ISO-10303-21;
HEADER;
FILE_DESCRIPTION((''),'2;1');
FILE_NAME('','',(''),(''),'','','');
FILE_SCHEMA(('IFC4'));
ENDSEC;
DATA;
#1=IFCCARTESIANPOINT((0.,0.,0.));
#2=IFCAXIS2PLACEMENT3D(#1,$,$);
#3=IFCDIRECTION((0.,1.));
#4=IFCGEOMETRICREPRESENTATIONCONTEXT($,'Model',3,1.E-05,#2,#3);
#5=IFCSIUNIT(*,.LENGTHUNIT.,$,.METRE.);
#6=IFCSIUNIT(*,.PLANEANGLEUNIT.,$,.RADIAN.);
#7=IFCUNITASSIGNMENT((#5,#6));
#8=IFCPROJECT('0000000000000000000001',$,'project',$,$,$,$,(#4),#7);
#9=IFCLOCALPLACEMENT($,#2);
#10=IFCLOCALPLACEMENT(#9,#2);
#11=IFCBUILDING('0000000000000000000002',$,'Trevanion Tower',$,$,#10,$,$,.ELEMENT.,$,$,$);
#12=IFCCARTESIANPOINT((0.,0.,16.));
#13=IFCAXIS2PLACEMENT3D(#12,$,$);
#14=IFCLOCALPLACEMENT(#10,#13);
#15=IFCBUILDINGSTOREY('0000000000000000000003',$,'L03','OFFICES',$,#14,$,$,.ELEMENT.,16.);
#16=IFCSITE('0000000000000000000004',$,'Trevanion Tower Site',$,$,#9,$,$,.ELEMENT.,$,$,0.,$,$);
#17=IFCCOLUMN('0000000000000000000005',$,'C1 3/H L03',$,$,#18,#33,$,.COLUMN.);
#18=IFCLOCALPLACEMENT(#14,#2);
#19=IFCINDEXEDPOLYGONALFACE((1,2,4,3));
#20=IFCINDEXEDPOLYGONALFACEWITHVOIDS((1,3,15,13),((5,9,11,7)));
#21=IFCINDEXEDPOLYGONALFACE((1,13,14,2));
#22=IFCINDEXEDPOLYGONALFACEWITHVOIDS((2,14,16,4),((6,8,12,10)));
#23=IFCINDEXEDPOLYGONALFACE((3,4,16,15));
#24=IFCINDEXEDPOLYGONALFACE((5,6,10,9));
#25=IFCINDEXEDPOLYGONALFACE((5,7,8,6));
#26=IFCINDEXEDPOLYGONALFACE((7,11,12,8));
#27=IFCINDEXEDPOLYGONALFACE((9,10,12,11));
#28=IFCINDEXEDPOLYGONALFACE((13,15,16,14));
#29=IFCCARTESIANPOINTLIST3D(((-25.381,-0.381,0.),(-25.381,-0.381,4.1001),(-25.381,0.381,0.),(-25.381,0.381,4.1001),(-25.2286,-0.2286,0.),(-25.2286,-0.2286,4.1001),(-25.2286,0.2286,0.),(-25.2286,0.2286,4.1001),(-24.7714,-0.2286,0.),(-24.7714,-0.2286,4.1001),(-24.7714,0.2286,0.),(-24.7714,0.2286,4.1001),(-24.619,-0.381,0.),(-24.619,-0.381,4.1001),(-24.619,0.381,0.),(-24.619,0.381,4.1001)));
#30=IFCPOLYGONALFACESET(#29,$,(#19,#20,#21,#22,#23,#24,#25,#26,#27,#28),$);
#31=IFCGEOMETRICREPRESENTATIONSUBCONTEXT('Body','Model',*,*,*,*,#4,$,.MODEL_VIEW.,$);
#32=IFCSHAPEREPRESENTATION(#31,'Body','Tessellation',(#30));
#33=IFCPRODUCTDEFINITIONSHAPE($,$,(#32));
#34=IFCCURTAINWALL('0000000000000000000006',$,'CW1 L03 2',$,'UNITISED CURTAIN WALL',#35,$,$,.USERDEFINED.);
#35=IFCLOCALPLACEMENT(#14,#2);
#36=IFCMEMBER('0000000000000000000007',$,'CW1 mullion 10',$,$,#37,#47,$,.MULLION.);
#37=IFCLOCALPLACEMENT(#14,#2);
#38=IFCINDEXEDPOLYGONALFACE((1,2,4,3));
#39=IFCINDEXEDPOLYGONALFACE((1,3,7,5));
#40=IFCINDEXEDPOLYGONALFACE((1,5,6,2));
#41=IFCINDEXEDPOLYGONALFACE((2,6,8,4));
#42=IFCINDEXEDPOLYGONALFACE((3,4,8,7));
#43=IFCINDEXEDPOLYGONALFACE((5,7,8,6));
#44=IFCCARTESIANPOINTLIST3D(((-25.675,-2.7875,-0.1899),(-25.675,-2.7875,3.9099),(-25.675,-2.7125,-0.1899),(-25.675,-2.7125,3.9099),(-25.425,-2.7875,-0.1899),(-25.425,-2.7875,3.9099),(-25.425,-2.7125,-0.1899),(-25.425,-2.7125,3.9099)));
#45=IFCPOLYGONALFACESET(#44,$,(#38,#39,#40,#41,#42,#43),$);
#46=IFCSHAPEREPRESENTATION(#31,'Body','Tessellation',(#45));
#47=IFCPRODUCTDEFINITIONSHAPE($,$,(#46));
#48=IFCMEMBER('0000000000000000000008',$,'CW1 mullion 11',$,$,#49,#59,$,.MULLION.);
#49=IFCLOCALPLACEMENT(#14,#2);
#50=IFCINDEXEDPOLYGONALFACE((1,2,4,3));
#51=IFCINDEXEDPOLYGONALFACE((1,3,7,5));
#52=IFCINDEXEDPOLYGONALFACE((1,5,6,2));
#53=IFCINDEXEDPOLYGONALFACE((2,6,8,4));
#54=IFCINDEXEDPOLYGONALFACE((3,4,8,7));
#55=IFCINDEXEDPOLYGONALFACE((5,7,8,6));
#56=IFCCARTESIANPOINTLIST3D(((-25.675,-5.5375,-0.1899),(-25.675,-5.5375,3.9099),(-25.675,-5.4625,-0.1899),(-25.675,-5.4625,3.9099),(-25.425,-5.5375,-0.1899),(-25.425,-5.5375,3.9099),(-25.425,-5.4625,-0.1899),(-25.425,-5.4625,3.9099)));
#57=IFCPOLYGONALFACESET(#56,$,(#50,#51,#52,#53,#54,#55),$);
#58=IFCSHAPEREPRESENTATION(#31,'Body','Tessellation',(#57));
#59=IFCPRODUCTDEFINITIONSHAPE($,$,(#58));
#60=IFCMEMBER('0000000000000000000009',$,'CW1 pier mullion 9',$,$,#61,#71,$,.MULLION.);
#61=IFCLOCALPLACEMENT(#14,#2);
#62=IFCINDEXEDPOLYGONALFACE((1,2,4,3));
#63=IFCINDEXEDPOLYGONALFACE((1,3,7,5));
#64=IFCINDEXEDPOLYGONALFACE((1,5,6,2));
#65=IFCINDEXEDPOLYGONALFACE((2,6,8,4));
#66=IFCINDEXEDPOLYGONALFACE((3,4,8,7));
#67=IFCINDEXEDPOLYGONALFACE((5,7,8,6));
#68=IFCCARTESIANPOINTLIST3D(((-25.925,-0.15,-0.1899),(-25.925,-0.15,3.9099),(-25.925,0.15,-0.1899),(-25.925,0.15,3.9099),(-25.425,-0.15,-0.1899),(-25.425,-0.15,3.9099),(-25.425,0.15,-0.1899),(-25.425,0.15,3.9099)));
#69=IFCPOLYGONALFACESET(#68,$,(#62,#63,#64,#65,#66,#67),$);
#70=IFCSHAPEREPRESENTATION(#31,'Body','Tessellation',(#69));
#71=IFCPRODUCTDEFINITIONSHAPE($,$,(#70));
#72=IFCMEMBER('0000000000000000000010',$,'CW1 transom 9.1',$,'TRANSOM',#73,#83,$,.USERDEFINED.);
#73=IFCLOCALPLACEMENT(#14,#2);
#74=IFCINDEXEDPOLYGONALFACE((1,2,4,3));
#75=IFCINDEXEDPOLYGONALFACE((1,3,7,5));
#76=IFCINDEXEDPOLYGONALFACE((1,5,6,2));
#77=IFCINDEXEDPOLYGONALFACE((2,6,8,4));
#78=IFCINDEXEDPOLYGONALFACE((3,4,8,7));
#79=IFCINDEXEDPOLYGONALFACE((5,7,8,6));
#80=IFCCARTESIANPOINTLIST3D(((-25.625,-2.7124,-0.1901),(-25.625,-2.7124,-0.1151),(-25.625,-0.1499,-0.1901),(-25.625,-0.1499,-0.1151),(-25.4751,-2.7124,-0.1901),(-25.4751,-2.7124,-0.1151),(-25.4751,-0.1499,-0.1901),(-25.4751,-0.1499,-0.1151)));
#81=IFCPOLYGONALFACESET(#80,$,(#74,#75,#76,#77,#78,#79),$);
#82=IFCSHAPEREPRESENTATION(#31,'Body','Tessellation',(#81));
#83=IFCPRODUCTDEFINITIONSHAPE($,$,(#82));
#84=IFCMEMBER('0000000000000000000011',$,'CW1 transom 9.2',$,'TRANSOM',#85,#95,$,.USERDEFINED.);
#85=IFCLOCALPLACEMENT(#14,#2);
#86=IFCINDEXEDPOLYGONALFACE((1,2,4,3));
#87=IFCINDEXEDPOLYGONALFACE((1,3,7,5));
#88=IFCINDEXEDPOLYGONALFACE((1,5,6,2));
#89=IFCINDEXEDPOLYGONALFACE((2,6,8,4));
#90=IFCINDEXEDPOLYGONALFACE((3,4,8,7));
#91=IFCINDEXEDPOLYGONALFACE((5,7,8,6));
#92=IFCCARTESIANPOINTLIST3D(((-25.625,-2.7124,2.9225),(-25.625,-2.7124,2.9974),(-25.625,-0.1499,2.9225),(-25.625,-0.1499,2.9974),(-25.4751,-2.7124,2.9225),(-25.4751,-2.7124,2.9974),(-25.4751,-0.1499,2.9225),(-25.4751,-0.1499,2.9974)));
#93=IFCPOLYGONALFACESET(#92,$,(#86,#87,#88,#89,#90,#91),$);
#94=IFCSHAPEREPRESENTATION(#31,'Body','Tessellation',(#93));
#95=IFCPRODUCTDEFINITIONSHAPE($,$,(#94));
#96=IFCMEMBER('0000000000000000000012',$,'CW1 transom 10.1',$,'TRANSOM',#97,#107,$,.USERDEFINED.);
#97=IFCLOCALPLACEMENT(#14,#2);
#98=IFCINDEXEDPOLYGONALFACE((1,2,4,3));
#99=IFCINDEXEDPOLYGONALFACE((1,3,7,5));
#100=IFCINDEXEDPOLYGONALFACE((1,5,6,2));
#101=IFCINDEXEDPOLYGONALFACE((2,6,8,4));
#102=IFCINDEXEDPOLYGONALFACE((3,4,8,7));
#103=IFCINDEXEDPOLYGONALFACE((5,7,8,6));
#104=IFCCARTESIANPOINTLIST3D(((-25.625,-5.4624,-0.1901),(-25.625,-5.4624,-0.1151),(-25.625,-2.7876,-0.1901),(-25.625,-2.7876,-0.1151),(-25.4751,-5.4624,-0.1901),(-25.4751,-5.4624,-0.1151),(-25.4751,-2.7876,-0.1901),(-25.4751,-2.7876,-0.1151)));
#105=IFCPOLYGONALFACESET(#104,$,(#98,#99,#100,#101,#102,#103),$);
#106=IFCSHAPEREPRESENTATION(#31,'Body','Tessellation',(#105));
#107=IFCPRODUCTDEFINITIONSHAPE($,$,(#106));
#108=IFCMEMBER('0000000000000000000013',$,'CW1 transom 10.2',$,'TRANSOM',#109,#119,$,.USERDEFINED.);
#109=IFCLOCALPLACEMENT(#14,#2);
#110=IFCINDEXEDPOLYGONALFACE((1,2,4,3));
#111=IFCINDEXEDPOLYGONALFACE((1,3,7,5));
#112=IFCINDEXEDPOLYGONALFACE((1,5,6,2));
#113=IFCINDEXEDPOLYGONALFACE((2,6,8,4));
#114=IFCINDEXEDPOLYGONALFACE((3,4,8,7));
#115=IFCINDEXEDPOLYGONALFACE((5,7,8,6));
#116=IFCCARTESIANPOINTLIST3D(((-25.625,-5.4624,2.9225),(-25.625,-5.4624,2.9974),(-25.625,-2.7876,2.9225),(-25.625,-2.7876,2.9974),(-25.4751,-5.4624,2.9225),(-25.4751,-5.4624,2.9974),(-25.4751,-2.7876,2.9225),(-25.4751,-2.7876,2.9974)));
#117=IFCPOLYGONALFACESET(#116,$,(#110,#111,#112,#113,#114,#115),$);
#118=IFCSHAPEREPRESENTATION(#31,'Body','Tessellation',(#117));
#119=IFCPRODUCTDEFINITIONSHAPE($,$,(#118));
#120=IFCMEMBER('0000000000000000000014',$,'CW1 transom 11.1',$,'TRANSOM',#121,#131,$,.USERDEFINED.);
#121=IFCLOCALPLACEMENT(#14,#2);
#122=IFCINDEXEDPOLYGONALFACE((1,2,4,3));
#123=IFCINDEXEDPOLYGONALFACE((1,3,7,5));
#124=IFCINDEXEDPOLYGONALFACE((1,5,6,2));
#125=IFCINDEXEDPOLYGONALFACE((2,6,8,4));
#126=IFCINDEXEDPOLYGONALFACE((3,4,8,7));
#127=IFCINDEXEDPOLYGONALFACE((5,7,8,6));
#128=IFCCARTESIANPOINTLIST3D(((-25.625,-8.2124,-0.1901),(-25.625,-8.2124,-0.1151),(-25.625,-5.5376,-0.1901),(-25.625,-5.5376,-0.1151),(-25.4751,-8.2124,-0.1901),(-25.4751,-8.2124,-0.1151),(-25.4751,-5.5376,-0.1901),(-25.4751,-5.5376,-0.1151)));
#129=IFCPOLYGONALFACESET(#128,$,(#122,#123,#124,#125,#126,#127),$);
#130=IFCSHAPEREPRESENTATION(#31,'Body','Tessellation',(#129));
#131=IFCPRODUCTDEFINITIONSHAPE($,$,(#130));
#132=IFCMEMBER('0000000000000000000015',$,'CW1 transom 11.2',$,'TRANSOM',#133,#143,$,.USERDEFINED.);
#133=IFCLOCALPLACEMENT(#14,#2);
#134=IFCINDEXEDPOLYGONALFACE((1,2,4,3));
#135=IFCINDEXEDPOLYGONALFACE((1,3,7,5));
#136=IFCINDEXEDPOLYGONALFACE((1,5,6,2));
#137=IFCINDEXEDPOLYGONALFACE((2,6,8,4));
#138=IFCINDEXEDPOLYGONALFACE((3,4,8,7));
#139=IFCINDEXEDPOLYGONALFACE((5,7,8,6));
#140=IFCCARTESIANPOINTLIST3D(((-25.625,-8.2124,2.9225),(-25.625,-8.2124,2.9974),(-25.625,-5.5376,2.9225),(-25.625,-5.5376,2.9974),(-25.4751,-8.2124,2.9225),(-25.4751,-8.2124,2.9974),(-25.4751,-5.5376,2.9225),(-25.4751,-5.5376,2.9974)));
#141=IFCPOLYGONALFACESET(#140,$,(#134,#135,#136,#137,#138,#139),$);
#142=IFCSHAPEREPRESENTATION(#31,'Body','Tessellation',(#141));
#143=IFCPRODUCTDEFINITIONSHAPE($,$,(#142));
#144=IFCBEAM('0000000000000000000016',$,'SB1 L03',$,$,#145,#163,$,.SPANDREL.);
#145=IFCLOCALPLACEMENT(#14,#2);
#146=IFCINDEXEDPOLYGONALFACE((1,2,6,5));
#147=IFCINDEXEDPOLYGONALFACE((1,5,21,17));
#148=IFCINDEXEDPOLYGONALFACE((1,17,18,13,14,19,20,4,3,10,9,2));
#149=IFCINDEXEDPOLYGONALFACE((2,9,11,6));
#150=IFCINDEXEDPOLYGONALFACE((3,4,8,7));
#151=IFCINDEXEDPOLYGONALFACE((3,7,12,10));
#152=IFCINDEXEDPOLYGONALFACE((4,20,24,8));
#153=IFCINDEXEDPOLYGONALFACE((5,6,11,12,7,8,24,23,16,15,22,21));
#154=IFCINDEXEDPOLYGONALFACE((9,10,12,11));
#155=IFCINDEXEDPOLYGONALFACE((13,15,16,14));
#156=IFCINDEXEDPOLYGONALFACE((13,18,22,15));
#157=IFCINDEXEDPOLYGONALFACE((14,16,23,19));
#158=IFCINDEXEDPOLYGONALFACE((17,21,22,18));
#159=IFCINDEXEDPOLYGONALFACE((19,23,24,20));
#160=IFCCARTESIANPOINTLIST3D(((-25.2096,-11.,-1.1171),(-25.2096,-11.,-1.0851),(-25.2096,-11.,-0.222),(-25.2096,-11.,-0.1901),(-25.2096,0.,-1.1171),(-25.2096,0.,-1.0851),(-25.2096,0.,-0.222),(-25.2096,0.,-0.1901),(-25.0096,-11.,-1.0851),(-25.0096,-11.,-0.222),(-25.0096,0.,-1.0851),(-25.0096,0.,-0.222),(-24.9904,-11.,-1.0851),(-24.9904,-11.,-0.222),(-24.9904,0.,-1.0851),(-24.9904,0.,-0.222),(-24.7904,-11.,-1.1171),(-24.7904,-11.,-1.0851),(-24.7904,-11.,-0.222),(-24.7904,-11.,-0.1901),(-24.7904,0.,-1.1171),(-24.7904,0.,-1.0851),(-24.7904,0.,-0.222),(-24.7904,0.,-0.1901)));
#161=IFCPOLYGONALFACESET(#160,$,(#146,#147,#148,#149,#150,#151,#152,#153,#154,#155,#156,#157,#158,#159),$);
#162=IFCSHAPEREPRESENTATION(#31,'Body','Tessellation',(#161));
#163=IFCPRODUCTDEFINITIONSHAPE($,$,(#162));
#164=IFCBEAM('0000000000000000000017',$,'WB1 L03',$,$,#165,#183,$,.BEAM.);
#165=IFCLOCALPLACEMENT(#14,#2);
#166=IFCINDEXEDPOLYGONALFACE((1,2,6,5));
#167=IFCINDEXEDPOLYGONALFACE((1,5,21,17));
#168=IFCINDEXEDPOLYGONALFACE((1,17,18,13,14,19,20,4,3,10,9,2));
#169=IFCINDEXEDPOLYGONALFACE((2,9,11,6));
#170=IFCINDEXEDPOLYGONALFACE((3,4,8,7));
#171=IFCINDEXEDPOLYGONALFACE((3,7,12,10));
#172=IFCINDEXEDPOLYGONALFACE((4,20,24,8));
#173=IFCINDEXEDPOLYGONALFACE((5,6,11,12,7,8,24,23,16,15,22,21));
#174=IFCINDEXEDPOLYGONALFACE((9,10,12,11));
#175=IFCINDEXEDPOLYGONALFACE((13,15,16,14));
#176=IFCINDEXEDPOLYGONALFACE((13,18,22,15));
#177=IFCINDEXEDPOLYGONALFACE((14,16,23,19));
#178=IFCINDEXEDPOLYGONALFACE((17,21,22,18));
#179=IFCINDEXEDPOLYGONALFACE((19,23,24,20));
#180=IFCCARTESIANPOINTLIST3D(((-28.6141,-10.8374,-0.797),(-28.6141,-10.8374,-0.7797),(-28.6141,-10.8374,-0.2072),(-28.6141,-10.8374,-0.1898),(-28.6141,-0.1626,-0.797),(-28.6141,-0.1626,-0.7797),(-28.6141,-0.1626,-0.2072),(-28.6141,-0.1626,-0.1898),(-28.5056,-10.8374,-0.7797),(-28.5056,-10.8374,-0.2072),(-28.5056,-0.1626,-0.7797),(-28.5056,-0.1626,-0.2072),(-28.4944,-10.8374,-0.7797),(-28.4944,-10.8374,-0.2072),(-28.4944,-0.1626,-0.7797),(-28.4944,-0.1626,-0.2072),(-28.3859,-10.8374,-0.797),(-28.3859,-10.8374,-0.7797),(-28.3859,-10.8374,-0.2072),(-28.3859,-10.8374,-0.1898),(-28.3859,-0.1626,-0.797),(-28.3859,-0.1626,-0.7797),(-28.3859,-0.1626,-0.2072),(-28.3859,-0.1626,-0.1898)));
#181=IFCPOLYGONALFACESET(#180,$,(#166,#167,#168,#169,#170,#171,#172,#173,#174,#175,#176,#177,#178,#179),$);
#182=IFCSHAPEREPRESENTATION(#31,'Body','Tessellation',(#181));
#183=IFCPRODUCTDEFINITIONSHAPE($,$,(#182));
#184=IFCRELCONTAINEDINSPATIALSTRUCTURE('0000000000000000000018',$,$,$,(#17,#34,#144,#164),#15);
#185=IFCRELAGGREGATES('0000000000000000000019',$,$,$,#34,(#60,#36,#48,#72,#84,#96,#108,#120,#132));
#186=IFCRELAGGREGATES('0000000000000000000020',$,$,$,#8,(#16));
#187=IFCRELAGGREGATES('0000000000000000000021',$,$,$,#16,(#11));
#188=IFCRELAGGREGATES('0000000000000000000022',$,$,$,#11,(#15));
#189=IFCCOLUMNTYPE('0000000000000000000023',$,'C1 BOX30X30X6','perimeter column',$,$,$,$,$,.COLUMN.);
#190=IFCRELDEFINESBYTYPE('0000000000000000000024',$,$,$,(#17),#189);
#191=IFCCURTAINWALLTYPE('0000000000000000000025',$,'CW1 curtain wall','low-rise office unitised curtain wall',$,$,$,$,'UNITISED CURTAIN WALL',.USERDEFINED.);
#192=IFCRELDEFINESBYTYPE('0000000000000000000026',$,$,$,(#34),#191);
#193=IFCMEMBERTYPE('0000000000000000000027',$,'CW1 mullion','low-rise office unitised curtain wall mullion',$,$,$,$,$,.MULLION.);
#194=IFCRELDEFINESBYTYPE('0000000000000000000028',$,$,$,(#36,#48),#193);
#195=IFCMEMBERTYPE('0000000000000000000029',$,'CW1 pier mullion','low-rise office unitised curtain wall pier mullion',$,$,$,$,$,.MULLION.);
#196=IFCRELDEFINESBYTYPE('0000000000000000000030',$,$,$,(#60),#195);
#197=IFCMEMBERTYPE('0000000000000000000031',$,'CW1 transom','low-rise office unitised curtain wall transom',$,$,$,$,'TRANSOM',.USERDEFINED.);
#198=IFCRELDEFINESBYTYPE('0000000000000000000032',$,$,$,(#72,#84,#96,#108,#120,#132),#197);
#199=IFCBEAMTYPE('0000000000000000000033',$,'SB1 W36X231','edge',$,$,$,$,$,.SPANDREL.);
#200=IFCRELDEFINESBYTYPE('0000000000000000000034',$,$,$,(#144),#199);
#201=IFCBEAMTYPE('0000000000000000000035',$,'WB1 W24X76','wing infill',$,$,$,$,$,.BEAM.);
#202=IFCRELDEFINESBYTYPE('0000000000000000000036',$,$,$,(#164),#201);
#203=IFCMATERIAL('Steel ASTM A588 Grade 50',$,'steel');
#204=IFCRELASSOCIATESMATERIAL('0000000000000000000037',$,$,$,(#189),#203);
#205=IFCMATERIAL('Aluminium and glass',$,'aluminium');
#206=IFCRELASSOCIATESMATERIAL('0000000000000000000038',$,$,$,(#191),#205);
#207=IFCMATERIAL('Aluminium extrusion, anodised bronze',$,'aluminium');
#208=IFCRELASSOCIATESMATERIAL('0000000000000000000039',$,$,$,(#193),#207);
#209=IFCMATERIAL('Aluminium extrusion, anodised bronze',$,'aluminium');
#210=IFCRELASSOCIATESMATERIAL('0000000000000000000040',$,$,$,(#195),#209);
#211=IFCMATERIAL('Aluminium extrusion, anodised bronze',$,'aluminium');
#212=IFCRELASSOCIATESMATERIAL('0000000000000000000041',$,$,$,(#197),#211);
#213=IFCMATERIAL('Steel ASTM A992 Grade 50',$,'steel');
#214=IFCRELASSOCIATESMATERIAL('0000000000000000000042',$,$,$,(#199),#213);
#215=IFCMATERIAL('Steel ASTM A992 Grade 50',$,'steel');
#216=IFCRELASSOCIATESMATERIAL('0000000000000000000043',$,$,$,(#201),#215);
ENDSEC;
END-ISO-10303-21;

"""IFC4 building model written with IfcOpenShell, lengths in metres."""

from ifc_helpers import new_model, si_unit, direction, frame, origin, origin_2d, place, context, subcontext, project, spatial, rectangle, hollow_rectangle, i_section, extrude, material, material_profile, profile_set, type_object, element, aggregate, save


model = new_model("IFC4")

# Units and contexts
model_context = context("Model", 3, precision=1e-05, world=origin(), true_north=direction((0.0, 1.0)))
body_context = subcontext(model_context, "Body", "Model", "MODEL_VIEW")
ifc_project = project(units=[si_unit("LENGTHUNIT", "METRE"), si_unit("PLANEANGLEUNIT", "RADIAN")], contexts=[model_context])

# Site, building, storey
site_placement = place(None, origin())
site = spatial("IfcSite", under=ifc_project, at=site_placement, Name="Trevanion Tower Site", CompositionType="ELEMENT", RefElevation=0.0)
building_placement = place(site_placement, origin())
building = spatial("IfcBuilding", under=site, at=building_placement, Name="Trevanion Tower", CompositionType="ELEMENT")
storey_placement = place(building_placement, frame((0.0, 0.0, 16.0)))
storey = spatial("IfcBuildingStorey", under=building, at=storey_placement, Name="L03", Description="OFFICES", CompositionType="ELEMENT", Elevation=16.0)

# Column
ifc_material_1 = material(Name="Steel ASTM A588 Grade 50", Category="steel")
ifc_material_profile_1 = material_profile(ifc_material_1, hollow_rectangle(XDim=0.762, YDim=0.762, WallThickness=0.1523, at=origin_2d()), Name="BOX30X30X6")
ifc_profile_set_1 = profile_set([ifc_material_profile_1], Name="Steel ASTM A588 Grade 50")
column_type = type_object("IfcColumnType", Name="C1 BOX30X30X6", Description="perimeter column", PredefinedType="COLUMN", material=ifc_profile_set_1)
column_placement = place(storey_placement, frame((-25.0, 0.0, 0.0), z_axis=(0.0, 0.0, 1.0), x_axis=(0.0, 1.0, 0.0)))
element("IfcColumn", 1, at=column_placement, inside=storey, type_object=column_type, Name="C1 3/H L03", PredefinedType="COLUMN", context=body_context, shape_type="SweptSolid", body=[
    extrude(hollow_rectangle(XDim=0.762, YDim=0.762, WallThickness=0.1523, at=origin_2d()), origin(), (0.0, 0.0, 1.0), 4.1001),
])

# Curtain wall, members
ifc_material_2 = material(Name="Aluminium and glass", Category="aluminium")
curtain_wall_type = type_object("IfcCurtainWallType", Name="CW1 curtain wall", Description="low-rise office unitised curtain wall", ElementType="UNITISED CURTAIN WALL", PredefinedType="USERDEFINED", material=ifc_material_2)
curtain_wall_placement = place(storey_placement, origin())
curtain_wall = element("IfcCurtainWall", 2, at=curtain_wall_placement, inside=storey, type_object=curtain_wall_type, Name="CW1 L03 2", ObjectType="UNITISED CURTAIN WALL", PredefinedType="USERDEFINED")
ifc_material_3 = material(Name="Aluminium extrusion, anodised bronze", Category="aluminium")
ifc_material_profile_2 = material_profile(ifc_material_3, rectangle(XDim=0.075, YDim=0.25, at=origin_2d()), Name="CW1 mullion")
ifc_profile_set_2 = profile_set([ifc_material_profile_2], Name="Aluminium extrusion, anodised bronze")
member_type_1 = type_object("IfcMemberType", Name="CW1 mullion", Description="low-rise office unitised curtain wall mullion", PredefinedType="MULLION", material=ifc_profile_set_2)
member_1_placement = place(storey_placement, frame((-25.55, -2.75, -0.1899), z_axis=(0.0, 0.0, 1.0), x_axis=(0.0, -1.0, 0.0)))
member_1 = element("IfcMember", 3, at=member_1_placement, type_object=member_type_1, Name="CW1 mullion 10", PredefinedType="MULLION", context=body_context, shape_type="SweptSolid", body=[
    extrude(rectangle(XDim=0.075, YDim=0.25, at=origin_2d()), origin(), (0.0, 0.0, 1.0), 4.0999),
])
member_2_placement = place(storey_placement, frame((-25.55, -5.5, -0.1899), z_axis=(0.0, 0.0, 1.0), x_axis=(0.0, -1.0, 0.0)))
member_2 = element("IfcMember", 4, at=member_2_placement, type_object=member_type_1, Name="CW1 mullion 11", PredefinedType="MULLION", context=body_context, shape_type="SweptSolid", body=[
    extrude(rectangle(XDim=0.075, YDim=0.25, at=origin_2d()), origin(), (0.0, 0.0, 1.0), 4.0999),
])
ifc_material_4 = material(Name="Aluminium extrusion, anodised bronze", Category="aluminium")
ifc_material_profile_3 = material_profile(ifc_material_4, rectangle(XDim=0.3, YDim=0.5, at=origin_2d()), Name="CW1 pier mullion")
ifc_profile_set_3 = profile_set([ifc_material_profile_3], Name="Aluminium extrusion, anodised bronze")
member_type_2 = type_object("IfcMemberType", Name="CW1 pier mullion", Description="low-rise office unitised curtain wall pier mullion", PredefinedType="MULLION", material=ifc_profile_set_3)
member_3_placement = place(storey_placement, frame((-25.675, 0.0, -0.1899), z_axis=(0.0, 0.0, 1.0), x_axis=(0.0, -1.0, 0.0)))
member_3 = element("IfcMember", 5, at=member_3_placement, type_object=member_type_2, Name="CW1 pier mullion 9", PredefinedType="MULLION", context=body_context, shape_type="SweptSolid", body=[
    extrude(rectangle(XDim=0.3, YDim=0.5, at=origin_2d()), origin(), (0.0, 0.0, 1.0), 4.0999),
])
ifc_material_5 = material(Name="Aluminium extrusion, anodised bronze", Category="aluminium")
ifc_material_profile_4 = material_profile(ifc_material_5, rectangle(XDim=0.1499, YDim=0.075, at=origin_2d()), Name="CW1 transom")
ifc_profile_set_4 = profile_set([ifc_material_profile_4], Name="Aluminium extrusion, anodised bronze")
member_type_3 = type_object("IfcMemberType", Name="CW1 transom", Description="low-rise office unitised curtain wall transom", ElementType="TRANSOM", PredefinedType="USERDEFINED", material=ifc_profile_set_4)
member_4_placement = place(storey_placement, frame((-25.55, -0.1499, -0.1526), z_axis=(0.0, -1.0, 0.0), x_axis=(1.0, 0.0, 0.0)))
member_4 = element("IfcMember", 6, at=member_4_placement, type_object=member_type_3, Name="CW1 transom 9.1", ObjectType="TRANSOM", PredefinedType="USERDEFINED", context=body_context, shape_type="SweptSolid", body=[
    extrude(rectangle(XDim=0.1499, YDim=0.075, at=origin_2d()), origin(), (0.0, 0.0, 1.0), 2.5625),
])
member_5_placement = place(storey_placement, frame((-25.55, -0.1499, 2.96), z_axis=(0.0, -1.0, 0.0), x_axis=(1.0, 0.0, 0.0)))
member_5 = element("IfcMember", 7, at=member_5_placement, type_object=member_type_3, Name="CW1 transom 9.2", ObjectType="TRANSOM", PredefinedType="USERDEFINED", context=body_context, shape_type="SweptSolid", body=[
    extrude(rectangle(XDim=0.1499, YDim=0.075, at=origin_2d()), origin(), (0.0, 0.0, 1.0), 2.5625),
])
member_6_placement = place(storey_placement, frame((-25.55, -2.7876, -0.1526), z_axis=(0.0, -1.0, 0.0), x_axis=(1.0, 0.0, 0.0)))
member_6 = element("IfcMember", 8, at=member_6_placement, type_object=member_type_3, Name="CW1 transom 10.1", ObjectType="TRANSOM", PredefinedType="USERDEFINED", context=body_context, shape_type="SweptSolid", body=[
    extrude(rectangle(XDim=0.1499, YDim=0.075, at=origin_2d()), origin(), (0.0, 0.0, 1.0), 2.6748),
])
member_7_placement = place(storey_placement, frame((-25.55, -2.7876, 2.96), z_axis=(0.0, -1.0, 0.0), x_axis=(1.0, 0.0, 0.0)))
member_7 = element("IfcMember", 9, at=member_7_placement, type_object=member_type_3, Name="CW1 transom 10.2", ObjectType="TRANSOM", PredefinedType="USERDEFINED", context=body_context, shape_type="SweptSolid", body=[
    extrude(rectangle(XDim=0.1499, YDim=0.075, at=origin_2d()), origin(), (0.0, 0.0, 1.0), 2.6748),
])
member_8_placement = place(storey_placement, frame((-25.55, -5.5376, -0.1526), z_axis=(0.0, -1.0, 0.0), x_axis=(1.0, 0.0, 0.0)))
member_8 = element("IfcMember", 10, at=member_8_placement, type_object=member_type_3, Name="CW1 transom 11.1", ObjectType="TRANSOM", PredefinedType="USERDEFINED", context=body_context, shape_type="SweptSolid", body=[
    extrude(rectangle(XDim=0.1499, YDim=0.075, at=origin_2d()), origin(), (0.0, 0.0, 1.0), 2.6748),
])
member_9_placement = place(storey_placement, frame((-25.55, -5.5376, 2.96), z_axis=(0.0, -1.0, 0.0), x_axis=(1.0, 0.0, 0.0)))
member_9 = element("IfcMember", 11, at=member_9_placement, type_object=member_type_3, Name="CW1 transom 11.2", ObjectType="TRANSOM", PredefinedType="USERDEFINED", context=body_context, shape_type="SweptSolid", body=[
    extrude(rectangle(XDim=0.1499, YDim=0.075, at=origin_2d()), origin(), (0.0, 0.0, 1.0), 2.6748),
])

# Beams
ifc_material_6 = material(Name="Steel ASTM A992 Grade 50", Category="steel")
ifc_material_profile_5 = material_profile(ifc_material_6, i_section(OverallWidth=0.4192, OverallDepth=0.927, WebThickness=0.0193, FlangeThickness=0.032, at=origin_2d()), Name="W36X231")
ifc_profile_set_5 = profile_set([ifc_material_profile_5], Name="Steel ASTM A992 Grade 50")
beam_type_1 = type_object("IfcBeamType", Name="SB1 W36X231", Description="edge", PredefinedType="SPANDREL", material=ifc_profile_set_5)
beam_1_placement = place(storey_placement, frame((-25.0, 0.0, -0.6536), z_axis=(0.0, -1.0, 0.0), x_axis=(1.0, 0.0, 0.0)))
element("IfcBeam", 12, at=beam_1_placement, inside=storey, type_object=beam_type_1, Name="SB1 L03", PredefinedType="SPANDREL", context=body_context, shape_type="SweptSolid", body=[
    extrude(i_section(OverallWidth=0.4192, OverallDepth=0.927, WebThickness=0.0193, FlangeThickness=0.032, at=origin_2d()), origin(), (0.0, 0.0, 1.0), 11.0),
])
ifc_material_7 = material(Name="Steel ASTM A992 Grade 50", Category="steel")
ifc_material_profile_6 = material_profile(ifc_material_7, i_section(OverallWidth=0.2283, OverallDepth=0.6072, WebThickness=0.0112, FlangeThickness=0.0173, at=origin_2d()), Name="W24X76")
ifc_profile_set_6 = profile_set([ifc_material_profile_6], Name="Steel ASTM A992 Grade 50")
beam_type_2 = type_object("IfcBeamType", Name="WB1 W24X76", Description="wing infill", PredefinedType="BEAM", material=ifc_profile_set_6)
for number, where, z_axis, x_axis, name in (
    (13, (-28.5, -0.1626, -0.4934), (0.0, -1.0, 0.0), (1.0, 0.0, 0.0), "WB1 L03"),
):
    element("IfcBeam", number, at=place(storey_placement, frame(where, z_axis=z_axis, x_axis=x_axis)), inside=storey, type_object=beam_type_2, Name=name, PredefinedType="BEAM", context=body_context, shape_type="SweptSolid", body=[
        extrude(i_section(OverallWidth=0.2283, OverallDepth=0.6072, WebThickness=0.0112, FlangeThickness=0.0173, at=origin_2d()), origin(), (0.0, 0.0, 1.0), 10.6748),
    ])

aggregate(curtain_wall, [member_3, member_1, member_2, member_4, member_5, member_6, member_7, member_8, member_9])

save(model, "model.ifc")
